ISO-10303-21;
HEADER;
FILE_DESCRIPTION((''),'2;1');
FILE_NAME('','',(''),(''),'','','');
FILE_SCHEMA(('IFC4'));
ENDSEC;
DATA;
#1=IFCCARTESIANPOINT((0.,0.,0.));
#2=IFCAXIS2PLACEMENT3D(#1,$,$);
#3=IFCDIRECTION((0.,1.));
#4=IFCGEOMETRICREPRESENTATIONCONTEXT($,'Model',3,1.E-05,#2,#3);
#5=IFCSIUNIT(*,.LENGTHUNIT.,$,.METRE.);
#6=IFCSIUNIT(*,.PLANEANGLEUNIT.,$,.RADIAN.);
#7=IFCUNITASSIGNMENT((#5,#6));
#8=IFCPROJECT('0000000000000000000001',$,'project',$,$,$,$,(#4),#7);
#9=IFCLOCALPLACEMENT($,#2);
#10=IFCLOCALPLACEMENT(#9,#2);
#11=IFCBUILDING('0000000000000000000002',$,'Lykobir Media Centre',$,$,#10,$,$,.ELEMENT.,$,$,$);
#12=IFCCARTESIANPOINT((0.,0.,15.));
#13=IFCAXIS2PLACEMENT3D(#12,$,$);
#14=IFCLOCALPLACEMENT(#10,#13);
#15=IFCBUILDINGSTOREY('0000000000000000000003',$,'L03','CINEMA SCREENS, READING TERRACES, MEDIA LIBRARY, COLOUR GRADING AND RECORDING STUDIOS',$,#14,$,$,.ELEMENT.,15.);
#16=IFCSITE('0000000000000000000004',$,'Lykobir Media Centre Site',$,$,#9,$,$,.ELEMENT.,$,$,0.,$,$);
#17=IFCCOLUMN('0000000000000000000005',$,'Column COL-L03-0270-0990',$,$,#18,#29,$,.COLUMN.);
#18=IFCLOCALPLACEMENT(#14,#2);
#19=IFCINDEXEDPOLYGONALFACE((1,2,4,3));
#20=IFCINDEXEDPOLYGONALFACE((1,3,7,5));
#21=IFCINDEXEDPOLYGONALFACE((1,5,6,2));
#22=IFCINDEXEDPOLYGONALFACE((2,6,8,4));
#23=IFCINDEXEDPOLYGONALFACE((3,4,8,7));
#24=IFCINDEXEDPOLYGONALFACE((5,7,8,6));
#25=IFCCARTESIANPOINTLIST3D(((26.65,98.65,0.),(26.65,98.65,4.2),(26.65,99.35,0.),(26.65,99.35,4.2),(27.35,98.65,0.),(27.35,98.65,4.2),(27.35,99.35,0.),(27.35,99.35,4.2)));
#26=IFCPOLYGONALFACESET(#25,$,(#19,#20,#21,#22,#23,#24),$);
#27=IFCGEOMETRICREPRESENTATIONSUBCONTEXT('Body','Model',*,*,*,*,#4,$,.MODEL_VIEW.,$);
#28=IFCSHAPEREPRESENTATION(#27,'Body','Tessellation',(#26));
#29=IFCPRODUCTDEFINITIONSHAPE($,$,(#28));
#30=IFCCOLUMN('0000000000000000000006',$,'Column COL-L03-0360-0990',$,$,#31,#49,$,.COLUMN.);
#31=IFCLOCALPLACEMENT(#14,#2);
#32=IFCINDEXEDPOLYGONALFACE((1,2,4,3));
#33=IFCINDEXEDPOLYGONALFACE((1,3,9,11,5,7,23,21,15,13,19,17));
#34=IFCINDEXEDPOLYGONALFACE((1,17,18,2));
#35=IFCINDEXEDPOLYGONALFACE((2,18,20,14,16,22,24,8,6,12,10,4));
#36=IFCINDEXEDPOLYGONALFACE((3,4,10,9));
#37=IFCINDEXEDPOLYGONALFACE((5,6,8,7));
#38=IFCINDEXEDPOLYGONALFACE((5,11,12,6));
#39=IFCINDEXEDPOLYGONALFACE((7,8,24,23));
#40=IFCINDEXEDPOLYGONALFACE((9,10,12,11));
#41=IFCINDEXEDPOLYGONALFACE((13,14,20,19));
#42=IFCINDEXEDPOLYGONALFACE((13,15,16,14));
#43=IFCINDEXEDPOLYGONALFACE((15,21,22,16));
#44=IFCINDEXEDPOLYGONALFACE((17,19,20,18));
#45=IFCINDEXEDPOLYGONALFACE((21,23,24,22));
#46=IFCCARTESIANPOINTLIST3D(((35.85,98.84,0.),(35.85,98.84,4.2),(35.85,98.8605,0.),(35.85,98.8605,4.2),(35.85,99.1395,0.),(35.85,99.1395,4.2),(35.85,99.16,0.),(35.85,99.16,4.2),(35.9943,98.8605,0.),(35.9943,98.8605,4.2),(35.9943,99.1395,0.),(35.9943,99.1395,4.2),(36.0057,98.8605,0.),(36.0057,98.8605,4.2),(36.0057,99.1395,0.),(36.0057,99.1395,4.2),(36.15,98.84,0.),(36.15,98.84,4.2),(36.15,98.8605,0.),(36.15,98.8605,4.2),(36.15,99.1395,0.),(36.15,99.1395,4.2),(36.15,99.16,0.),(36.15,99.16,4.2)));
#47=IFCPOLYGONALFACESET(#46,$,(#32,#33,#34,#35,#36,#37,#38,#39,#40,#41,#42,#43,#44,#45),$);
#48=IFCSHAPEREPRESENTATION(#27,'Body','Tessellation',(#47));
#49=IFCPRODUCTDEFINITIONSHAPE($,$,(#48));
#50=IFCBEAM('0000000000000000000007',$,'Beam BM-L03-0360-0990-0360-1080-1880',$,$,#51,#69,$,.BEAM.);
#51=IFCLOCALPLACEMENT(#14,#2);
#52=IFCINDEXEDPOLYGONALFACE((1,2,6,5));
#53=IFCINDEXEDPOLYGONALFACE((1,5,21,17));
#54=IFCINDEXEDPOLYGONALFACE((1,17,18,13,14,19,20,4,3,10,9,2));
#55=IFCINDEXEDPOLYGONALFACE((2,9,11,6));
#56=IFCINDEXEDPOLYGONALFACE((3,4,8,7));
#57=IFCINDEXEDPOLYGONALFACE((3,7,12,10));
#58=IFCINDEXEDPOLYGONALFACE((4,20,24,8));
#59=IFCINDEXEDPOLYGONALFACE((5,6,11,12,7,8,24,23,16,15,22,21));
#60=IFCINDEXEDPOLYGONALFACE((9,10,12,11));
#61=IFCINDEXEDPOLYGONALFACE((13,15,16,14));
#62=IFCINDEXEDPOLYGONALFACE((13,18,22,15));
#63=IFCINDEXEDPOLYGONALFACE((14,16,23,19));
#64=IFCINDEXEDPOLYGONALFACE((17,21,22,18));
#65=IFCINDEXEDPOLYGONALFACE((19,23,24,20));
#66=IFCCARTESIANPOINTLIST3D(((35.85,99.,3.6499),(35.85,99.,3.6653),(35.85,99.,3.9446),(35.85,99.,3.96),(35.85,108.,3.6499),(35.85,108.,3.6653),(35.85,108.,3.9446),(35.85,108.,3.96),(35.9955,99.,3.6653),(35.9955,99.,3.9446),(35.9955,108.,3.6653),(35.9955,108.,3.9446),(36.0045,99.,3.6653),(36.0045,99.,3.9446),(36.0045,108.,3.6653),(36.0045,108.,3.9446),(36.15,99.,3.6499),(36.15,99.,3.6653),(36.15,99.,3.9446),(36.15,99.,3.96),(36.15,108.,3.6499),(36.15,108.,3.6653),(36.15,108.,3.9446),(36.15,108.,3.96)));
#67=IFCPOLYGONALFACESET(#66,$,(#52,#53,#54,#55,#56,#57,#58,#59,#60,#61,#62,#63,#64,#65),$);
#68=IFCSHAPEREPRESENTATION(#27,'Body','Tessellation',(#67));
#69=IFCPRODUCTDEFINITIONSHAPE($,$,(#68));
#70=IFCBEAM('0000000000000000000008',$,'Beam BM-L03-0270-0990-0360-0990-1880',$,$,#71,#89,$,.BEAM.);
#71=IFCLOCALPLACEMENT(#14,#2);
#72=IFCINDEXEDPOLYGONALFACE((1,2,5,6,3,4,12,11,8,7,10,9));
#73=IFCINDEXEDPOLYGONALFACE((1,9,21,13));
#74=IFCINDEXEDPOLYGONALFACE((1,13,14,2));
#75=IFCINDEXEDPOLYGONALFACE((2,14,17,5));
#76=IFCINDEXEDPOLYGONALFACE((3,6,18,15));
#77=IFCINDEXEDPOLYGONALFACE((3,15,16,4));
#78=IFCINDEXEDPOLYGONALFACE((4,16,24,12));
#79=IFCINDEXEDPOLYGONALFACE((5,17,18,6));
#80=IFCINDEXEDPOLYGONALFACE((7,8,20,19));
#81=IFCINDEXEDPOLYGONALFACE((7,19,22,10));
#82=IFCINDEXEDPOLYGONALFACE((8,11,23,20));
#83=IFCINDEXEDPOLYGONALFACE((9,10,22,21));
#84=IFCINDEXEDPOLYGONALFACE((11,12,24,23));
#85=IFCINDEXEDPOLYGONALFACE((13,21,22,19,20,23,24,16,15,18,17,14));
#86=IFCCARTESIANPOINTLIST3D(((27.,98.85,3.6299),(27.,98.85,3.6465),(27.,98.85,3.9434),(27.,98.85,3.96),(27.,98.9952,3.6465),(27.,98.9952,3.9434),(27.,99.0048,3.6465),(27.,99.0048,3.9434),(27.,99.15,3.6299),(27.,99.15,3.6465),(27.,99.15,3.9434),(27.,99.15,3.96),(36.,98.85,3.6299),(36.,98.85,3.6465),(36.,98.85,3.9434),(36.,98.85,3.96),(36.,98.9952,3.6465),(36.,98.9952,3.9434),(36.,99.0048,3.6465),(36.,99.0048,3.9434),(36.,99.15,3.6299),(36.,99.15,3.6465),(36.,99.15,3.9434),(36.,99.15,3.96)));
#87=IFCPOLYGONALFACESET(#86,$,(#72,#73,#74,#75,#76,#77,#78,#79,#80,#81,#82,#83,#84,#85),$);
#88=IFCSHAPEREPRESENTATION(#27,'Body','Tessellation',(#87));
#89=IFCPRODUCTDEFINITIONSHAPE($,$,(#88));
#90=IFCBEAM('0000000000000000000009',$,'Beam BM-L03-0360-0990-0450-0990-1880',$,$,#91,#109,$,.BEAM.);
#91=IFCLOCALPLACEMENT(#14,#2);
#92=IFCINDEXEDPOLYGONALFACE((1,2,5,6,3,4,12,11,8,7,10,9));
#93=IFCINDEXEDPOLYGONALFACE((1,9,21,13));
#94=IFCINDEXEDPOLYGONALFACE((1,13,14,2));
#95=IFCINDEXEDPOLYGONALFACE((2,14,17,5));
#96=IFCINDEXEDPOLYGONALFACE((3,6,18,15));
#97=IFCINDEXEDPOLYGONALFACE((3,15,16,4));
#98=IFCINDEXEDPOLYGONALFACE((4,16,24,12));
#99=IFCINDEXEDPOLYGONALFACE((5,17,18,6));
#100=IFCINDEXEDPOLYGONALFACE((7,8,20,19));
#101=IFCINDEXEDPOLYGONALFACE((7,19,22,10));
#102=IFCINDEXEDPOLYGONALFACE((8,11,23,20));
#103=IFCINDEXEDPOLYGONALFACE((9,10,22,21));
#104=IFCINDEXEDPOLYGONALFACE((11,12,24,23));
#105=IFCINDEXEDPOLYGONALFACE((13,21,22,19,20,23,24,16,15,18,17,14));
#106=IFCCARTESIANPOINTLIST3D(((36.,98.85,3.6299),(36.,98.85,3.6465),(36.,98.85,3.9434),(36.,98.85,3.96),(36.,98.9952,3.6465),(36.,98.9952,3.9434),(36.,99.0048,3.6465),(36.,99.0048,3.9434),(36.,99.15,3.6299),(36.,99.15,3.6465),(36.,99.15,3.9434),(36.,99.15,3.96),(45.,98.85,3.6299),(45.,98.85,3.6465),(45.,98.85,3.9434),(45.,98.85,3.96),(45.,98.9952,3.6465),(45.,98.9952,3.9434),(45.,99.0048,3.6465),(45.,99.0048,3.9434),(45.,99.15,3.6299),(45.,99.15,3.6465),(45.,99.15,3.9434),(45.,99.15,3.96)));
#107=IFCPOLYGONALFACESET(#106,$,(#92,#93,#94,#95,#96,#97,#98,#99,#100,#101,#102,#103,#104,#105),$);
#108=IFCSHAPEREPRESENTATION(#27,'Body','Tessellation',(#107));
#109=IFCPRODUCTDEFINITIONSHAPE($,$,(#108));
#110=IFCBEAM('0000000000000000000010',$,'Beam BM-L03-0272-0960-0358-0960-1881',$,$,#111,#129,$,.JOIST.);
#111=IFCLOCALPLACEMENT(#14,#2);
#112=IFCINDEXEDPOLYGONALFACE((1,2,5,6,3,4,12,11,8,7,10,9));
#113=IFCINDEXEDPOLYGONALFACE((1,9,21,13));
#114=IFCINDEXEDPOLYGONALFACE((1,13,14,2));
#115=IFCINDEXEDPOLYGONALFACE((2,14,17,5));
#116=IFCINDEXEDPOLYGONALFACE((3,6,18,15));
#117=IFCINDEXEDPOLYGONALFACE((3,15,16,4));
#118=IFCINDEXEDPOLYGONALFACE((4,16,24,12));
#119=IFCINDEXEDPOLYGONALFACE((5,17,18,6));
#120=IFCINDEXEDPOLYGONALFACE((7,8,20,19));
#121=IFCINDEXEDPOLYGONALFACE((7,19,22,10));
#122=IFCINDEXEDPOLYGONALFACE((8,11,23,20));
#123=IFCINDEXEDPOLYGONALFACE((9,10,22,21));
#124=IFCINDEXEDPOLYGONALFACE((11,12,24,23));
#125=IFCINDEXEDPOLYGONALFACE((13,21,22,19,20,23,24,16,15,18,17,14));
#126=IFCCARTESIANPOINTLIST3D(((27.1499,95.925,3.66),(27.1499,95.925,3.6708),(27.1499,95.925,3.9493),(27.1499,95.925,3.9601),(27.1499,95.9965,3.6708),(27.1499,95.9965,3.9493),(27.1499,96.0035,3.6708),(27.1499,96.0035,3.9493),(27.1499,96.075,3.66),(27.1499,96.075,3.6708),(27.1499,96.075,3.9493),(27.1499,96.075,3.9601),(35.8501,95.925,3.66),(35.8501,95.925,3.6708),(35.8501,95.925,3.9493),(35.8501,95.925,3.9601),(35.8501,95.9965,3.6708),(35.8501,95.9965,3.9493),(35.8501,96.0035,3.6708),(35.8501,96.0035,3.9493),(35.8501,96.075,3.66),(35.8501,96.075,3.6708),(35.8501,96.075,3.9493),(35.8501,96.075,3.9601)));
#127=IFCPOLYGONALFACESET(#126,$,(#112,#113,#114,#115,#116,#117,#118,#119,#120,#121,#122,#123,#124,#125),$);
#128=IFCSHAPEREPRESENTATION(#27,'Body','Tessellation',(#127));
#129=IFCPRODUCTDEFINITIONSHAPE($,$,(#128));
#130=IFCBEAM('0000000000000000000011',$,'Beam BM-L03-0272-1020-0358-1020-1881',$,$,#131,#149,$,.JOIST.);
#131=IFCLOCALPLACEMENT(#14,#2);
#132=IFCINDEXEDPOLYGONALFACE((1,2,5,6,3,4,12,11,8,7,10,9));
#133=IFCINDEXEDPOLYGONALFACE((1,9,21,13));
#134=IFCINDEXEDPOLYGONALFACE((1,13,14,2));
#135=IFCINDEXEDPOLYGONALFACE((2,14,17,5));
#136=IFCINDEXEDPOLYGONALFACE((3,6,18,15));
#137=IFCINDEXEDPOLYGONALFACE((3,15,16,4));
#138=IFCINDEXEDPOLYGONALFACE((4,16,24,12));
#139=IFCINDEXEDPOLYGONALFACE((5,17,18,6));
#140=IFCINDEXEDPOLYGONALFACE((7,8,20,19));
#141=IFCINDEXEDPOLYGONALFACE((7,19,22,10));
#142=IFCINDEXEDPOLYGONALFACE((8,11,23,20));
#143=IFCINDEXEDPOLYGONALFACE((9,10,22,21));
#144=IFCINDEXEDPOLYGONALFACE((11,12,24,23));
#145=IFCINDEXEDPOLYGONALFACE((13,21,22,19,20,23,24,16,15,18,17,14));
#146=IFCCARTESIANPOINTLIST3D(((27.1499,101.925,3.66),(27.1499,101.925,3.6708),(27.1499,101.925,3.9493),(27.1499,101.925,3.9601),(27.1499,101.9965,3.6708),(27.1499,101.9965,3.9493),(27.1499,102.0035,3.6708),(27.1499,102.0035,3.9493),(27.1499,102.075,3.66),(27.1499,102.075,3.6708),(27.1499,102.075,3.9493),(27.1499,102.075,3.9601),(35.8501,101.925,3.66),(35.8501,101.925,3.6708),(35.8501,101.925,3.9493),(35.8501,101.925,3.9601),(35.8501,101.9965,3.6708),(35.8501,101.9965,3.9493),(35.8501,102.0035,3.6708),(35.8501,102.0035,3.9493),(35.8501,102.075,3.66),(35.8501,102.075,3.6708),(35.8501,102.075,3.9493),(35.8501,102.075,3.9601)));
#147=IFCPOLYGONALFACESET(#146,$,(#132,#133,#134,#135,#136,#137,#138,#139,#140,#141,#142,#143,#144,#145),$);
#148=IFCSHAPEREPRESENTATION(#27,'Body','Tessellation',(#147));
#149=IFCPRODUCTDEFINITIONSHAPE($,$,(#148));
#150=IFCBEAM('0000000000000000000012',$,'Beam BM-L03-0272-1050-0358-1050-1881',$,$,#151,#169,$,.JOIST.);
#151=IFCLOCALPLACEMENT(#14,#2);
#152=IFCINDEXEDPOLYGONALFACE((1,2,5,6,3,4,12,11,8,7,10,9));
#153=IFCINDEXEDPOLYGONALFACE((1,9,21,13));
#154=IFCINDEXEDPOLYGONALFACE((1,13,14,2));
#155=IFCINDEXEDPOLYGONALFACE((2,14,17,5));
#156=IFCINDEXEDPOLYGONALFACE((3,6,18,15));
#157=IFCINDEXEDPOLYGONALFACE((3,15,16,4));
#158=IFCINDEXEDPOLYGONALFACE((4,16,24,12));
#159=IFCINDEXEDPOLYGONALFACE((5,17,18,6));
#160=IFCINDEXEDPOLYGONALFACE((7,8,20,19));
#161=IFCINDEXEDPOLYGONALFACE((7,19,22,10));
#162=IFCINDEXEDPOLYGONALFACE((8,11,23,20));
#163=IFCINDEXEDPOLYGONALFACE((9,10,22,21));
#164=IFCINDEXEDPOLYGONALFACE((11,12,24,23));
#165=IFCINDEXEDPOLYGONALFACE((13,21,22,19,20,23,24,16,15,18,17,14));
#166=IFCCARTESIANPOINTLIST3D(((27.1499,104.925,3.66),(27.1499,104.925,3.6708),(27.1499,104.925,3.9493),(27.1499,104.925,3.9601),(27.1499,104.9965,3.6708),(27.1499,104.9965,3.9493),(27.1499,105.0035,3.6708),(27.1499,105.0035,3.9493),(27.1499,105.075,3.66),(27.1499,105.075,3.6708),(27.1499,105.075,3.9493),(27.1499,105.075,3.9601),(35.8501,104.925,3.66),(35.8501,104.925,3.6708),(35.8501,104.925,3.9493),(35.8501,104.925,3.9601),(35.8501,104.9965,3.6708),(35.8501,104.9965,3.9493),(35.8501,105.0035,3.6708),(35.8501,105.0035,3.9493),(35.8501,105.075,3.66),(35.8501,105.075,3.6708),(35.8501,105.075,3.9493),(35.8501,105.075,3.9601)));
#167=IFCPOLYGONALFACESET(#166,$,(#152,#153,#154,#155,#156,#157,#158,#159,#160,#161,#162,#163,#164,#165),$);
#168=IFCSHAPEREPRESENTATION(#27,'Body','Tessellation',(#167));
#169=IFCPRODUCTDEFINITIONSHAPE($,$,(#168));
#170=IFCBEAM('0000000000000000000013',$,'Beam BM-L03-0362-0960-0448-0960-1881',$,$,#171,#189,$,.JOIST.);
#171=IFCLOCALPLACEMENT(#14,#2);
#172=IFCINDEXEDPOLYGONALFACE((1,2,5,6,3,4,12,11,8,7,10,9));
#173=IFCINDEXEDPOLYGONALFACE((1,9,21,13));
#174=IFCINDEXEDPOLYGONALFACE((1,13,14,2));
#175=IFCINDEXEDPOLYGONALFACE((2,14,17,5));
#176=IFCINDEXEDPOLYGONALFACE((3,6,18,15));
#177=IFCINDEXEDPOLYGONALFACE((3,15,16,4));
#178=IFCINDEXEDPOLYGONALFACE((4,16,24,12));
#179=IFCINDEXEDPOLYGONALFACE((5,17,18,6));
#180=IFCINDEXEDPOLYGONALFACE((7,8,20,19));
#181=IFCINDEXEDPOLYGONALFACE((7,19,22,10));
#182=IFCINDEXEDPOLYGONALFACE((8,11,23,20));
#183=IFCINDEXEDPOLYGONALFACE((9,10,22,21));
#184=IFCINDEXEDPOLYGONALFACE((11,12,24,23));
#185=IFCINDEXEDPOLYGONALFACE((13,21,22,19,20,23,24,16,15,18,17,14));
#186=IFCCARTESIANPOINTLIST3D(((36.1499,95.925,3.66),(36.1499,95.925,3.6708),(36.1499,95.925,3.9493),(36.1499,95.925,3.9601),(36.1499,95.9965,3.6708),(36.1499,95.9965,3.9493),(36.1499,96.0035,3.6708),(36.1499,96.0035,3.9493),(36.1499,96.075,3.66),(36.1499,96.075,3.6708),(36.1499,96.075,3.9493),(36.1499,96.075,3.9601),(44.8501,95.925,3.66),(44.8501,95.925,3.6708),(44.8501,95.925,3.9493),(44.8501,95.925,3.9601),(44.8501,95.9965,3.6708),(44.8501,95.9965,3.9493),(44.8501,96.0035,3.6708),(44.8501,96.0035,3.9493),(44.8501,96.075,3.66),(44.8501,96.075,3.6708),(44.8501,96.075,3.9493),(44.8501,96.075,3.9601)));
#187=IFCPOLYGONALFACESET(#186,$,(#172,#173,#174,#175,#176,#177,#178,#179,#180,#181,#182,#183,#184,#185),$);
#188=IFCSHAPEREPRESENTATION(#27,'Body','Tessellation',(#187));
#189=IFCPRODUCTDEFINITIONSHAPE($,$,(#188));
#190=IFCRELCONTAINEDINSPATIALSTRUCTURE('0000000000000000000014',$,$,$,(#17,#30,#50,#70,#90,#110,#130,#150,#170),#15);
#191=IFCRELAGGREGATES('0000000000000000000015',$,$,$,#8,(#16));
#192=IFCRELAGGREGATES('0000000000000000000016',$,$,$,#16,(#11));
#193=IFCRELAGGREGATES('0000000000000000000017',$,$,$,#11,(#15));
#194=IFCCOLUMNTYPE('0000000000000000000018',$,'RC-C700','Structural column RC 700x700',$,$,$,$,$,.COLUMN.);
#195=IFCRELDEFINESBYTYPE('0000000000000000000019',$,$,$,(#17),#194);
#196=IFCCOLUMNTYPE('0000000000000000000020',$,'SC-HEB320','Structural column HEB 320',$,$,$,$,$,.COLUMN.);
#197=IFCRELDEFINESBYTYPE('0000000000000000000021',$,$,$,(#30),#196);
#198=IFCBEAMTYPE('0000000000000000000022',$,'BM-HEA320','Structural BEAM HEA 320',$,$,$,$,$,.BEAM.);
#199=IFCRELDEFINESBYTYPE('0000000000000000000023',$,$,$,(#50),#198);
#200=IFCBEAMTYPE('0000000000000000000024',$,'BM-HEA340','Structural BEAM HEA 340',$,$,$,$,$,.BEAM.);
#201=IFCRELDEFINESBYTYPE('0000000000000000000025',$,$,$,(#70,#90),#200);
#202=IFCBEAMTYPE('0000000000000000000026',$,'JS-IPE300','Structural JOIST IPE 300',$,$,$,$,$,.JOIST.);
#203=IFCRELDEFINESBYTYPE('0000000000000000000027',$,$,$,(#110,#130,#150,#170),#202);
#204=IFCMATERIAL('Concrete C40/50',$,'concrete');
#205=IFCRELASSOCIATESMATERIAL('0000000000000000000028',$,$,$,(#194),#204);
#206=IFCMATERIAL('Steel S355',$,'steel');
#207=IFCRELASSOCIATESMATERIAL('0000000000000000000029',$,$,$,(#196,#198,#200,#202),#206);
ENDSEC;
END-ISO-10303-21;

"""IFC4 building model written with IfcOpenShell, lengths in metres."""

from ifc_helpers import new_model, si_unit, direction, frame, origin, origin_2d, place, context, subcontext, project, spatial, rectangle, i_section, extrude, material, material_profile, profile_set, type_object, element, save


model = new_model("IFC4")

# Units and contexts
model_context = context("Model", 3, precision=1e-05, world=origin(), true_north=direction((0.0, 1.0)))
body_context = subcontext(model_context, "Body", "Model", "MODEL_VIEW")
ifc_project = project(units=[si_unit("LENGTHUNIT", "METRE"), si_unit("PLANEANGLEUNIT", "RADIAN")], contexts=[model_context])

# Site, building, storey
site_placement = place(None, origin())
site = spatial("IfcSite", under=ifc_project, at=site_placement, Name="Lykobir Media Centre Site", CompositionType="ELEMENT", RefElevation=0.0)
building_placement = place(site_placement, origin())
building = spatial("IfcBuilding", under=site, at=building_placement, Name="Lykobir Media Centre", CompositionType="ELEMENT")
storey_placement = place(building_placement, frame((0.0, 0.0, 15.0)))
storey = spatial("IfcBuildingStorey", under=building, at=storey_placement, Name="L03", Description="CINEMA SCREENS, READING TERRACES, MEDIA LIBRARY, COLOUR GRADING AND RECORDING STUDIOS", CompositionType="ELEMENT", Elevation=15.0)

# Columns
ifc_material_1 = material(Name="Concrete C40/50", Category="concrete")
ifc_material_profile_1 = material_profile(ifc_material_1, rectangle(XDim=0.7, YDim=0.7, at=origin_2d()), Name="RC 700x700")
ifc_profile_set_1 = profile_set([ifc_material_profile_1], Name="Concrete C40/50")
column_type_1 = type_object("IfcColumnType", Name="RC-C700", Description="Structural column RC 700x700", PredefinedType="COLUMN", material=ifc_profile_set_1)
column_1_placement = place(storey_placement, frame((27.0, 99.0, 0.0), z_axis=(0.0, 0.0, 1.0), x_axis=(1.0, 0.0, 0.0)))
element("IfcColumn", 1, at=column_1_placement, inside=storey, type_object=column_type_1, Name="Column COL-L03-0270-0990", PredefinedType="COLUMN", context=body_context, shape_type="SweptSolid", body=[
    extrude(rectangle(XDim=0.7, YDim=0.7, at=origin_2d()), origin(), (0.0, 0.0, 1.0), 4.2),
])
ifc_material_2 = material(Name="Steel S355", Category="steel")
ifc_material_profile_2 = material_profile(ifc_material_2, i_section(OverallWidth=0.3, OverallDepth=0.3201, WebThickness=0.0115, FlangeThickness=0.0205, at=origin_2d()), Name="HEB 320")
ifc_profile_set_2 = profile_set([ifc_material_profile_2], Name="Steel S355")
column_type_2 = type_object("IfcColumnType", Name="SC-HEB320", Description="Structural column HEB 320", PredefinedType="COLUMN", material=ifc_profile_set_2)
column_2_placement = place(storey_placement, frame((36.0, 99.0, 0.0), z_axis=(0.0, 0.0, 1.0), x_axis=(1.0, 0.0, 0.0)))
element("IfcColumn", 2, at=column_2_placement, inside=storey, type_object=column_type_2, Name="Column COL-L03-0360-0990", PredefinedType="COLUMN", context=body_context, shape_type="SweptSolid", body=[
    extrude(i_section(OverallWidth=0.3, OverallDepth=0.3201, WebThickness=0.0115, FlangeThickness=0.0205, at=origin_2d()), origin(), (0.0, 0.0, 1.0), 4.2),
])

# Beams
ifc_material_profile_3 = material_profile(ifc_material_2, i_section(OverallWidth=0.3, OverallDepth=0.3101, WebThickness=0.009, FlangeThickness=0.0154, at=origin_2d()), Name="HEA 320")
ifc_profile_set_3 = profile_set([ifc_material_profile_3], Name="Steel S355")
beam_type_1 = type_object("IfcBeamType", Name="BM-HEA320", Description="Structural BEAM HEA 320", PredefinedType="BEAM", material=ifc_profile_set_3)
beam_1_placement = place(storey_placement, frame((36.0, 99.0, 3.8049), z_axis=(0.0, 1.0, 0.0), x_axis=(-1.0, 0.0, 0.0)))
element("IfcBeam", 3, at=beam_1_placement, inside=storey, type_object=beam_type_1, Name="Beam BM-L03-0360-0990-0360-1080-1880", PredefinedType="BEAM", context=body_context, shape_type="SweptSolid", body=[
    extrude(i_section(OverallWidth=0.3, OverallDepth=0.3101, WebThickness=0.009, FlangeThickness=0.0154, at=origin_2d()), origin(), (0.0, 0.0, 1.0), 9.0),
])
ifc_material_profile_4 = material_profile(ifc_material_2, i_section(OverallWidth=0.3, OverallDepth=0.3301, WebThickness=0.0095, FlangeThickness=0.0166, at=origin_2d()), Name="HEA 340")
ifc_profile_set_4 = profile_set([ifc_material_profile_4], Name="Steel S355")
beam_type_2 = type_object("IfcBeamType", Name="BM-HEA340", Description="Structural BEAM HEA 340", PredefinedType="BEAM", material=ifc_profile_set_4)
for number, where, z_axis, x_axis, name in (
    (4, (27.0, 99.0, 3.7949), (1.0, 0.0, 0.0), (0.0, 1.0, 0.0), "Beam BM-L03-0270-0990-0360-0990-1880"),
    (5, (36.0, 99.0, 3.7949), (1.0, 0.0, 0.0), (0.0, 1.0, 0.0), "Beam BM-L03-0360-0990-0450-0990-1880"),
):
    element("IfcBeam", number, at=place(storey_placement, frame(where, z_axis=z_axis, x_axis=x_axis)), inside=storey, type_object=beam_type_2, Name=name, PredefinedType="BEAM", context=body_context, shape_type="SweptSolid", body=[
        extrude(i_section(OverallWidth=0.3, OverallDepth=0.3301, WebThickness=0.0095, FlangeThickness=0.0166, at=origin_2d()), origin(), (0.0, 0.0, 1.0), 9.0),
    ])
ifc_material_profile_5 = material_profile(ifc_material_2, i_section(OverallWidth=0.1499, OverallDepth=0.3, WebThickness=0.0071, FlangeThickness=0.0107, at=origin_2d()), Name="IPE 300")
ifc_profile_set_5 = profile_set([ifc_material_profile_5], Name="Steel S355")
beam_type_3 = type_object("IfcBeamType", Name="JS-IPE300", Description="Structural JOIST IPE 300", PredefinedType="JOIST", material=ifc_profile_set_5)
for number, where, z_axis, x_axis, name in (
    (6, (27.1499, 96.0, 3.8101), (1.0, 0.0, 0.0), (0.0, 1.0, 0.0), "Beam BM-L03-0272-0960-0358-0960-1881"),
    (7, (27.1499, 102.0, 3.8101), (1.0, 0.0, 0.0), (0.0, 1.0, 0.0), "Beam BM-L03-0272-1020-0358-1020-1881"),
    (8, (27.1499, 105.0, 3.8101), (1.0, 0.0, 0.0), (0.0, 1.0, 0.0), "Beam BM-L03-0272-1050-0358-1050-1881"),
    (9, (36.1499, 96.0, 3.8101), (1.0, 0.0, 0.0), (0.0, 1.0, 0.0), "Beam BM-L03-0362-0960-0448-0960-1881"),
):
    element("IfcBeam", number, at=place(storey_placement, frame(where, z_axis=z_axis, x_axis=x_axis)), inside=storey, type_object=beam_type_3, Name=name, PredefinedType="JOIST", context=body_context, shape_type="SweptSolid", body=[
        extrude(i_section(OverallWidth=0.1499, OverallDepth=0.3, WebThickness=0.0071, FlangeThickness=0.0107, at=origin_2d()), origin(), (0.0, 0.0, 1.0), 8.7002),
    ])

save(model, "model.ifc")
